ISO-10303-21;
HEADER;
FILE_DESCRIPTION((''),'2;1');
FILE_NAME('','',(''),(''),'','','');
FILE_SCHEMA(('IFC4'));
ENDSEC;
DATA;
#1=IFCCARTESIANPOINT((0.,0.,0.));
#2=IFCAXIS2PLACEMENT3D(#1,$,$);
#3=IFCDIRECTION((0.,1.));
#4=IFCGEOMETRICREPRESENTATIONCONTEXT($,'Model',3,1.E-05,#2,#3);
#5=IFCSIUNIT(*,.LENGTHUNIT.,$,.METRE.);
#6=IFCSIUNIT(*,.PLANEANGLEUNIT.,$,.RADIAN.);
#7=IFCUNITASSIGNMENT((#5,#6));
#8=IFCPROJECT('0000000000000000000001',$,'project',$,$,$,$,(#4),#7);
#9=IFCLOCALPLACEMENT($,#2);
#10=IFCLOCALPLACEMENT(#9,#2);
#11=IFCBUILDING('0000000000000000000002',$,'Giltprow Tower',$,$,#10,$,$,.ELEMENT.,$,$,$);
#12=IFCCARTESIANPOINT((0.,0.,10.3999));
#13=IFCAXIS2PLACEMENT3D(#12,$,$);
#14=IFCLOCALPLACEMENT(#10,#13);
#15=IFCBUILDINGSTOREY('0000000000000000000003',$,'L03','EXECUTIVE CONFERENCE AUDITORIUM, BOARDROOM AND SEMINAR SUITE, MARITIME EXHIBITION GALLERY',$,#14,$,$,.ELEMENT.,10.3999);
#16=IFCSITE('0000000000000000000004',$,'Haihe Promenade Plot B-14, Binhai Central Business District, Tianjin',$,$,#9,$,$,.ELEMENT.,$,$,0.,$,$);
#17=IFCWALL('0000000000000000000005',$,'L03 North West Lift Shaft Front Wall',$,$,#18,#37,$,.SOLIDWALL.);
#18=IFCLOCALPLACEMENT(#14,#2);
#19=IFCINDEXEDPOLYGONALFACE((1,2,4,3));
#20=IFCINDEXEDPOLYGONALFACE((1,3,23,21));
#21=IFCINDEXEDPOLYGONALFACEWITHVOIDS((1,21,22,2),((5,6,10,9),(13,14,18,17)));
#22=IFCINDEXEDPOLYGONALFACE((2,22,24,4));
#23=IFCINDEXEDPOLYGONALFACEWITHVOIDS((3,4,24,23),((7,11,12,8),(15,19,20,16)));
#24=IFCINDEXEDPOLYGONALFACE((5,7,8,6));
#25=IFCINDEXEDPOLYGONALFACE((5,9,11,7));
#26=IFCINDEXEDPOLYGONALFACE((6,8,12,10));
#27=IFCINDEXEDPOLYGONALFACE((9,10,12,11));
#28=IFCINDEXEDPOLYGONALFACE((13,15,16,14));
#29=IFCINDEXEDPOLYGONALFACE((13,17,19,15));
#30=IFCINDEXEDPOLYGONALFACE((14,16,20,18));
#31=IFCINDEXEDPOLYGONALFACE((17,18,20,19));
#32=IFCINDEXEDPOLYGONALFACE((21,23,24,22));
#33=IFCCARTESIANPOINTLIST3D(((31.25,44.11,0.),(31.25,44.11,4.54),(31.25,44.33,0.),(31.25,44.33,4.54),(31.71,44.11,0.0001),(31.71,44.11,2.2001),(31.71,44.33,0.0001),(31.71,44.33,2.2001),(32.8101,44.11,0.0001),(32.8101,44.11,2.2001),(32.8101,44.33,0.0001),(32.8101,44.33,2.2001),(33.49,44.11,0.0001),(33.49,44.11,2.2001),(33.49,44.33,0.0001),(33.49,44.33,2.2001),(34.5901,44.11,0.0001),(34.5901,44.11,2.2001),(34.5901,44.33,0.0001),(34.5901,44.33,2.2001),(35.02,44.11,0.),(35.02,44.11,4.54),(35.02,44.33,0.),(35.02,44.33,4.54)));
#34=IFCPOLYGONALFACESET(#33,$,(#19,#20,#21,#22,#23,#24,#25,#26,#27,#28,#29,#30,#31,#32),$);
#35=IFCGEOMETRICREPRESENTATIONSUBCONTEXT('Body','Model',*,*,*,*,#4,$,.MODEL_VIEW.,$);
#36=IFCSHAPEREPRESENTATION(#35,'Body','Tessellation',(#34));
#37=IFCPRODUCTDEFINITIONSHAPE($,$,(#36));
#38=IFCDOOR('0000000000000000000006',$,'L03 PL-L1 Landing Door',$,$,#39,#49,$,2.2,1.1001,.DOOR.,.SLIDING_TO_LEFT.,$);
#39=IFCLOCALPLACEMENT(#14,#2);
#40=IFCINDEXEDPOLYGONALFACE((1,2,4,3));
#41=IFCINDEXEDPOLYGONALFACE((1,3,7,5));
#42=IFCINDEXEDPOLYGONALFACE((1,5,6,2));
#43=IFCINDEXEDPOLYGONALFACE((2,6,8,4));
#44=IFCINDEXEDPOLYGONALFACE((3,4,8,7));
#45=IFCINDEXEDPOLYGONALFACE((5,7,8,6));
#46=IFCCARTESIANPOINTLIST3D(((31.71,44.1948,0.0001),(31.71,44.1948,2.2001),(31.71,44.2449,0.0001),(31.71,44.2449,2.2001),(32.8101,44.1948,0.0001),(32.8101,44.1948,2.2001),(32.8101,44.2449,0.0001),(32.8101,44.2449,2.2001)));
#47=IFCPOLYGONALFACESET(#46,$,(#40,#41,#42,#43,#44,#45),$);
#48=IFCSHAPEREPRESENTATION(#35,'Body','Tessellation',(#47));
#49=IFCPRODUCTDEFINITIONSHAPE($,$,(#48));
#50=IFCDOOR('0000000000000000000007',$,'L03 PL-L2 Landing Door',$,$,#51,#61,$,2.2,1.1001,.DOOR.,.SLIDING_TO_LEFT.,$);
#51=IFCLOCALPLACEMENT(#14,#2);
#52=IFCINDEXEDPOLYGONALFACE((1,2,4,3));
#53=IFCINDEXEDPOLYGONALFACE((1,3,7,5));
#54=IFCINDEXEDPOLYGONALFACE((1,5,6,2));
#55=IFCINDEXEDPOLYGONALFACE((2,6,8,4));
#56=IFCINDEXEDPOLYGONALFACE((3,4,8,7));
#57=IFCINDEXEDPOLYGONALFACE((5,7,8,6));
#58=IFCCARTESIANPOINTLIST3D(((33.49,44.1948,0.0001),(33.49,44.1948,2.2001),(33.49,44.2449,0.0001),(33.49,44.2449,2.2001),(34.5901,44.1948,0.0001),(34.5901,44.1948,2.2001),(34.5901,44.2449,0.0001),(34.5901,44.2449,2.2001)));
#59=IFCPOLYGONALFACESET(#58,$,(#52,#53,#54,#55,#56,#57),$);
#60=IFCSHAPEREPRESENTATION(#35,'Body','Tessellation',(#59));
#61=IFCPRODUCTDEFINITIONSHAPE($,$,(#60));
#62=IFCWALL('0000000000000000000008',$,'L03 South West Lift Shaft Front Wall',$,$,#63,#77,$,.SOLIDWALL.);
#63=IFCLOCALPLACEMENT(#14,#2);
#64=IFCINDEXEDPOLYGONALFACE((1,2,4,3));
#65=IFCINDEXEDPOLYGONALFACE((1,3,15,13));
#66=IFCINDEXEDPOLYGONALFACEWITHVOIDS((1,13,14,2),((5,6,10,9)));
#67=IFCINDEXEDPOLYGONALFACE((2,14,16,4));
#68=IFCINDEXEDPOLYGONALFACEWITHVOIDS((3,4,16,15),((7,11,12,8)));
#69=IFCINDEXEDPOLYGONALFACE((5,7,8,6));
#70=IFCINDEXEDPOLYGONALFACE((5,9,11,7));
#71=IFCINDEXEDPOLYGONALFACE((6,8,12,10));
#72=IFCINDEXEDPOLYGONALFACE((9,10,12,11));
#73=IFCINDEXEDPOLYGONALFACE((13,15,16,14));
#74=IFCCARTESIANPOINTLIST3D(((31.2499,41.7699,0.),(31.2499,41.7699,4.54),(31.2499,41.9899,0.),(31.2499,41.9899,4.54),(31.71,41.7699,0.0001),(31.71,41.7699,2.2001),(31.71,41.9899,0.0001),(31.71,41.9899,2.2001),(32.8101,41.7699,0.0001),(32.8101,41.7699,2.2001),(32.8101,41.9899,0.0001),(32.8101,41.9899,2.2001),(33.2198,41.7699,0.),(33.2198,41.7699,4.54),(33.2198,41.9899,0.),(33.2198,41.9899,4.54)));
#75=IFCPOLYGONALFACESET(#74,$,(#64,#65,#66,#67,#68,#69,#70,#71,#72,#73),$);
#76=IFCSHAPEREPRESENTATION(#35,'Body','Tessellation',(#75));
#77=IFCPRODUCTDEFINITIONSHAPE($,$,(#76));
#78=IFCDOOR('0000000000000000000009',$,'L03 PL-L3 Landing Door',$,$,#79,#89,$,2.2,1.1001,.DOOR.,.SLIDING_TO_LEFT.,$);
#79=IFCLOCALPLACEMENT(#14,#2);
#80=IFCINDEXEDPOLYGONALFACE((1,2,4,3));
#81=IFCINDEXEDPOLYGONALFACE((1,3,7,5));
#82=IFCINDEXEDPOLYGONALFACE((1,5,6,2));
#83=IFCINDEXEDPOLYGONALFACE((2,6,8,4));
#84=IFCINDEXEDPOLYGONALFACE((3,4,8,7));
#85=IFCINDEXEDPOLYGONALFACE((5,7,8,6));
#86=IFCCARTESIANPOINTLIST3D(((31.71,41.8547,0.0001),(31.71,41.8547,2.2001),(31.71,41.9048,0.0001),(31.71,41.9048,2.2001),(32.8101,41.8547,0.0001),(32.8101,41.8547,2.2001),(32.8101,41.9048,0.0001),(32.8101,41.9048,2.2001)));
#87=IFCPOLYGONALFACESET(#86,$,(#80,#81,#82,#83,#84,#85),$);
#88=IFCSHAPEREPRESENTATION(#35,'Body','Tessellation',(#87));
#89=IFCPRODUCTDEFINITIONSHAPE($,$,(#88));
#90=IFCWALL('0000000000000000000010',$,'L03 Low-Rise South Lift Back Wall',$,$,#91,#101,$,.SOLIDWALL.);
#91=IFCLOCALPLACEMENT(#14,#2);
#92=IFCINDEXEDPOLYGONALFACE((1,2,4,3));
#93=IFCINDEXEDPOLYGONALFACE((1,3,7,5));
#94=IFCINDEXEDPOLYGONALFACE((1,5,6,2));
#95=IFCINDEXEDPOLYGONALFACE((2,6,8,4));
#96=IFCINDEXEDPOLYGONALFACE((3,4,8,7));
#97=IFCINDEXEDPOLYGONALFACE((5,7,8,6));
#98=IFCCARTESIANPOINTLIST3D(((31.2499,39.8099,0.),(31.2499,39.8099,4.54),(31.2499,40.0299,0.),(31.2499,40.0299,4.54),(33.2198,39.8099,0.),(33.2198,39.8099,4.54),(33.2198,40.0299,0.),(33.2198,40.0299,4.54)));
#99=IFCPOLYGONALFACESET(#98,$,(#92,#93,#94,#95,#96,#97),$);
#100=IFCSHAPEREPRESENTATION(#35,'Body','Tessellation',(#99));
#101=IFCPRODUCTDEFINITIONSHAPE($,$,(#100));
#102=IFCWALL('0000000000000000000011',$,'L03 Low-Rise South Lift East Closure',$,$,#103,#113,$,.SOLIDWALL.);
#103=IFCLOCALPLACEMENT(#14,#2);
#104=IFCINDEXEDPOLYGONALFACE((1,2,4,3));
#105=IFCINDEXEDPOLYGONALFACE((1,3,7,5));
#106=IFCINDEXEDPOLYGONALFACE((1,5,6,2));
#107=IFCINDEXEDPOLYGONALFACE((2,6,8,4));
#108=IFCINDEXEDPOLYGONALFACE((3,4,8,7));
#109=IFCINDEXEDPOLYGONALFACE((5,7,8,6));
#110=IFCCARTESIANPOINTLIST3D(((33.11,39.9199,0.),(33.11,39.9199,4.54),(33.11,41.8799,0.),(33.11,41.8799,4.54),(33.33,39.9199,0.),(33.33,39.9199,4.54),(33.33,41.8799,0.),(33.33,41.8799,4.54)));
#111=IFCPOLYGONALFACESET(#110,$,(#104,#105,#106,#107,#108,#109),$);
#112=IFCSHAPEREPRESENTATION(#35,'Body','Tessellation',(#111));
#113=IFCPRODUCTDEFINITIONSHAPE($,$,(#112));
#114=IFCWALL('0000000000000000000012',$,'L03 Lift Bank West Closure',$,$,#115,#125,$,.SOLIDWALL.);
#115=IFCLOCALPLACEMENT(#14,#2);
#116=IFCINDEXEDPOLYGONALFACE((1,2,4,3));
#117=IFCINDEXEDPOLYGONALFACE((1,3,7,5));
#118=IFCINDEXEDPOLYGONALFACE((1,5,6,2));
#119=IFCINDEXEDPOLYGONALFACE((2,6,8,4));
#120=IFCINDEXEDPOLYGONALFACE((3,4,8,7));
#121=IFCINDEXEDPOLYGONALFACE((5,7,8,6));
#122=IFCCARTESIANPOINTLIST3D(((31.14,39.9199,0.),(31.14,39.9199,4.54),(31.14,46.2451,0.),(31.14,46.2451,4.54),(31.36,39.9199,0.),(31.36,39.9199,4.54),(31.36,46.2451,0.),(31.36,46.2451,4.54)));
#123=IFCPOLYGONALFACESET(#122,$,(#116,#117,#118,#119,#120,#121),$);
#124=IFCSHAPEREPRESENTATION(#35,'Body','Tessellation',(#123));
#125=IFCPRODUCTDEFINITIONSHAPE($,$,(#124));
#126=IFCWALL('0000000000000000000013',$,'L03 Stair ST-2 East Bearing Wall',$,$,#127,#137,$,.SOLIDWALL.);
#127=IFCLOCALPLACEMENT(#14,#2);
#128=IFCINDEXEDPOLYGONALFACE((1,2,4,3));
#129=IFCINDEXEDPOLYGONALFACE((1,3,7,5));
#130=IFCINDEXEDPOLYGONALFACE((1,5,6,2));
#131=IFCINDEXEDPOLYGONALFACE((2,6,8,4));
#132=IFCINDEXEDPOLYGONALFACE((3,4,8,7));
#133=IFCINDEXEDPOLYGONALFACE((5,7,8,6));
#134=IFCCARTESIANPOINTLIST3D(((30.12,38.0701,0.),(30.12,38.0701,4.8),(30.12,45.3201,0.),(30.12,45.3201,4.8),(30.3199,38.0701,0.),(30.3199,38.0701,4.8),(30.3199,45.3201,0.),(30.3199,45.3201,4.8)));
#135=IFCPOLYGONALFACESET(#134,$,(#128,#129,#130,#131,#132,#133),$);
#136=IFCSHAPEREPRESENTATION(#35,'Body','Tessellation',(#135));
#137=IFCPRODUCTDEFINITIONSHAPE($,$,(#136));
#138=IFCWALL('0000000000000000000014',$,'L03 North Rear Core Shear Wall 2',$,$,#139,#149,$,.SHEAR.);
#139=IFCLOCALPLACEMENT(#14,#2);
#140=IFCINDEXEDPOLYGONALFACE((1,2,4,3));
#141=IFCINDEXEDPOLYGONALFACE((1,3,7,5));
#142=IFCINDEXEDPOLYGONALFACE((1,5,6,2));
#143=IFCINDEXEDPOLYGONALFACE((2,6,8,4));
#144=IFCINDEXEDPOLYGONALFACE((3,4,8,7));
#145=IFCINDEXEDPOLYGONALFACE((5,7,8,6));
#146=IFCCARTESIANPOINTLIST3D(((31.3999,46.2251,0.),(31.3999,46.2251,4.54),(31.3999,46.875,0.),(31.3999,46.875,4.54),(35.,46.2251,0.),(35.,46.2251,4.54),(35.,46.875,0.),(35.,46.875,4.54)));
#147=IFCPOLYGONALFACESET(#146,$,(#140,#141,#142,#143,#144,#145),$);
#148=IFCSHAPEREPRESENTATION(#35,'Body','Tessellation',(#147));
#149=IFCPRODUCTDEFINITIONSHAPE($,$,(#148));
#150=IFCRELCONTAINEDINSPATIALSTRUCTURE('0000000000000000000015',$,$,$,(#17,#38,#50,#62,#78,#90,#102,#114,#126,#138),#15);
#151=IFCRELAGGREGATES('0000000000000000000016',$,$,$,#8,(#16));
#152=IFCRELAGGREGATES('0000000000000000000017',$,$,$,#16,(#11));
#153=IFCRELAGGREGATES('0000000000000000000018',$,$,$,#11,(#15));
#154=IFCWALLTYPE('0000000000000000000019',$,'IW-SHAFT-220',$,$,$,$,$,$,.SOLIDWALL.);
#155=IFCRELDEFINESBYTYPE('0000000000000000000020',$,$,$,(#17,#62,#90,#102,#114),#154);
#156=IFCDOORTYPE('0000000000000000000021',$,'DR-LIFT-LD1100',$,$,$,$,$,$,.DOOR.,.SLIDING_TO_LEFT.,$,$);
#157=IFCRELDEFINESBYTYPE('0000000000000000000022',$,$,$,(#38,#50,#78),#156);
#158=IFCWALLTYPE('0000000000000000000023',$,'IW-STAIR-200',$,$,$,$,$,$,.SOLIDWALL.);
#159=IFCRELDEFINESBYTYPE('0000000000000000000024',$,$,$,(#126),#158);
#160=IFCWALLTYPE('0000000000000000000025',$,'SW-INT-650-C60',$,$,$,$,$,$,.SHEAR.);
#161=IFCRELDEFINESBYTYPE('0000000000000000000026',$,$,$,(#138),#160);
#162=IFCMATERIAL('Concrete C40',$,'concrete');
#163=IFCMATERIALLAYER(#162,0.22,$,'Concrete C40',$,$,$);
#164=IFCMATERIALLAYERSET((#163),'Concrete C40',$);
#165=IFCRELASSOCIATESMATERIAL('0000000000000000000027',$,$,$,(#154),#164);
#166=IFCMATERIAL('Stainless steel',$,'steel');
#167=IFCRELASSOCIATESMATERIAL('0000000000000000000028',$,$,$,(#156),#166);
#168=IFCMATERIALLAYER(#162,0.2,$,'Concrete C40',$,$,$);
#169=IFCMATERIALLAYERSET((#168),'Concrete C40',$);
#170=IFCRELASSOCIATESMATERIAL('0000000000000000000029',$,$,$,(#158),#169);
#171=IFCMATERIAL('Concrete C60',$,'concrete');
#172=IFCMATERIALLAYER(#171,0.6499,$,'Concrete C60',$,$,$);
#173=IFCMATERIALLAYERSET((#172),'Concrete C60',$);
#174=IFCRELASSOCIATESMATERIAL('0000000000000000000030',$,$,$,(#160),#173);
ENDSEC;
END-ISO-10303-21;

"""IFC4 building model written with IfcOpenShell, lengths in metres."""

from ifc_helpers import new_model, si_unit, direction, frame, frame_2d, origin, place, context, subcontext, project, spatial, rectangle, extrude, source, transform, mapped, material, layer, layer_set, type_object, element, fill, save


model = new_model("IFC4")

# Units and contexts
model_context = context("Model", 3, precision=1e-05, world=origin(), true_north=direction((0.0, 1.0)))
body_context = subcontext(model_context, "Body", "Model", "MODEL_VIEW")
ifc_project = project(units=[si_unit("LENGTHUNIT", "METRE"), si_unit("PLANEANGLEUNIT", "RADIAN")], contexts=[model_context])

# Site, building, storey
site_placement = place(None, origin())
site = spatial("IfcSite", under=ifc_project, at=site_placement, Name="Haihe Promenade Plot B-14, Binhai Central Business District, Tianjin", CompositionType="ELEMENT", RefElevation=0.0)
building_placement = place(site_placement, origin())
building = spatial("IfcBuilding", under=site, at=building_placement, Name="Giltprow Tower", CompositionType="ELEMENT")
storey_placement = place(building_placement, frame((0.0, 0.0, 10.3999)))
storey = spatial("IfcBuildingStorey", under=building, at=storey_placement, Name="L03", Description="EXECUTIVE CONFERENCE AUDITORIUM, BOARDROOM AND SEMINAR SUITE, MARITIME EXHIBITION GALLERY", CompositionType="ELEMENT", Elevation=10.3999)

# Shared definitions
ifc_material_1 = material(Name="Concrete C60", Category="concrete")

# Wall, openings, doors
ifc_material_2 = material(Name="Concrete C40", Category="concrete")
ifc_layer_1 = layer(ifc_material_2, 0.22, Name="Concrete C40")
ifc_layer_set_1 = layer_set([ifc_layer_1], Name="Concrete C40")
wall_type_1 = type_object("IfcWallType", Name="IW-SHAFT-220", PredefinedType="SOLIDWALL", material=ifc_layer_set_1)
wall_1_placement = place(storey_placement, frame((31.25, 44.22, 0.0), z_axis=(0.0, 0.0, 1.0), x_axis=(1.0, 0.0, 0.0)))
wall_1 = element("IfcWall", 1, at=wall_1_placement, inside=storey, type_object=wall_type_1, Name="L03 North West Lift Shaft Front Wall", PredefinedType="SOLIDWALL", context=body_context, shape_type="SweptSolid", body=[
    extrude(rectangle(XDim=3.77, YDim=0.22, at=frame_2d((1.885, 0.0))), origin(), (0.0, 0.0, 1.0), 4.54),
])
opening_1_placement = place(wall_1_placement, frame((0.46, 0.0, 0.0)))
opening_1 = element("IfcOpeningElement", 2, at=opening_1_placement, cuts=wall_1, PredefinedType="OPENING", context=body_context, shape_type="SweptSolid", body=[
    extrude(rectangle(XDim=1.1001, YDim=2.2, at=frame_2d((0.55, 1.1001))), frame((0.0, 0.1199, 0.0), z_axis=(0.0, -1.0, 0.0), x_axis=(1.0, 0.0, 0.0)), (0.0, 0.0, 1.0), 0.24),
])
opening_2_placement = place(wall_1_placement, frame((2.24, 0.0, 0.0)))
opening_2 = element("IfcOpeningElement", 3, at=opening_2_placement, cuts=wall_1, PredefinedType="OPENING", context=body_context, shape_type="SweptSolid", body=[
    extrude(rectangle(XDim=1.1001, YDim=2.2, at=frame_2d((0.55, 1.1001))), frame((0.0, 0.1199, 0.0), z_axis=(0.0, -1.0, 0.0), x_axis=(1.0, 0.0, 0.0)), (0.0, 0.0, 1.0), 0.24),
])
ifc_material_3 = material(Name="Stainless steel", Category="steel")
door_type = type_object("IfcDoorType", Name="DR-LIFT-LD1100", OperationType="SLIDING_TO_LEFT", PredefinedType="DOOR", material=ifc_material_3)
shared_shape_1 = source(origin(), body_context, "Body", "SweptSolid", [
    extrude(rectangle(XDim=1.1001, YDim=2.2, at=frame_2d((0.55, 1.1001))), frame((0.0, 0.0249, 0.0), z_axis=(0.0, -1.0, 0.0), x_axis=(1.0, 0.0, 0.0)), (0.0, 0.0, 1.0), 0.05),
])
door_1_placement = place(opening_1_placement, origin())
door_1 = element("IfcDoor", 4, at=door_1_placement, inside=storey, type_object=door_type, Name="L03 PL-L1 Landing Door", OperationType="SLIDING_TO_LEFT", OverallHeight=2.2, OverallWidth=1.1001, PredefinedType="DOOR", context=body_context, shape_type="MappedRepresentation", body=[
    mapped(shared_shape_1, transform((0.0, 0.0, 0.0), x_axis=(1.0, 0.0, 0.0), y_axis=(0.0, 1.0, 0.0), z_axis=(0.0, 0.0, 1.0), scale=1.0)),
])
fill(opening_1, door_1)
door_2_placement = place(opening_2_placement, origin())
door_2 = element("IfcDoor", 5, at=door_2_placement, inside=storey, type_object=door_type, Name="L03 PL-L2 Landing Door", OperationType="SLIDING_TO_LEFT", OverallHeight=2.2, OverallWidth=1.1001, PredefinedType="DOOR", context=body_context, shape_type="MappedRepresentation", body=[
    mapped(shared_shape_1, transform((0.0, 0.0, 0.0), x_axis=(1.0, 0.0, 0.0), y_axis=(0.0, 1.0, 0.0), z_axis=(0.0, 0.0, 1.0), scale=1.0)),
])
fill(opening_2, door_2)

# Wall, opening, door
wall_2_placement = place(storey_placement, frame((31.25, 41.8799, 0.0), z_axis=(0.0, 0.0, 1.0), x_axis=(1.0, 0.0, 0.0)))
wall_2 = element("IfcWall", 6, at=wall_2_placement, inside=storey, type_object=wall_type_1, Name="L03 South West Lift Shaft Front Wall", PredefinedType="SOLIDWALL", context=body_context, shape_type="SweptSolid", body=[
    extrude(rectangle(XDim=1.97, YDim=0.22, at=frame_2d((0.9849, 0.0))), origin(), (0.0, 0.0, 1.0), 4.54),
])
opening_3_placement = place(wall_2_placement, frame((0.46, 0.0, 0.0)))
opening_3 = element("IfcOpeningElement", 7, at=opening_3_placement, cuts=wall_2, PredefinedType="OPENING", context=body_context, shape_type="SweptSolid", body=[
    extrude(rectangle(XDim=1.1001, YDim=2.2, at=frame_2d((0.55, 1.1001))), frame((0.0, 0.1199, 0.0), z_axis=(0.0, -1.0, 0.0), x_axis=(1.0, 0.0, 0.0)), (0.0, 0.0, 1.0), 0.24),
])
door_3_placement = place(opening_3_placement, origin())
door_3 = element("IfcDoor", 8, at=door_3_placement, inside=storey, type_object=door_type, Name="L03 PL-L3 Landing Door", OperationType="SLIDING_TO_LEFT", OverallHeight=2.2, OverallWidth=1.1001, PredefinedType="DOOR", context=body_context, shape_type="MappedRepresentation", body=[
    mapped(shared_shape_1, transform((0.0, 0.0, 0.0), x_axis=(1.0, 0.0, 0.0), y_axis=(0.0, 1.0, 0.0), z_axis=(0.0, 0.0, 1.0), scale=1.0)),
])
fill(opening_3, door_3)

# Walls
wall_3_placement = place(storey_placement, frame((31.25, 39.9199, 0.0), z_axis=(0.0, 0.0, 1.0), x_axis=(1.0, 0.0, 0.0)))
element("IfcWall", 9, at=wall_3_placement, inside=storey, type_object=wall_type_1, Name="L03 Low-Rise South Lift Back Wall", PredefinedType="SOLIDWALL", context=body_context, shape_type="SweptSolid", body=[
    extrude(rectangle(XDim=1.97, YDim=0.22, at=frame_2d((0.9849, 0.0))), origin(), (0.0, 0.0, 1.0), 4.54),
])
wall_4_placement = place(storey_placement, frame((33.22, 39.9199, 0.0), z_axis=(0.0, 0.0, 1.0), x_axis=(0.0, 1.0, 0.0)))
element("IfcWall", 10, at=wall_4_placement, inside=storey, type_object=wall_type_1, Name="L03 Low-Rise South Lift East Closure", PredefinedType="SOLIDWALL", context=body_context, shape_type="SweptSolid", body=[
    extrude(rectangle(XDim=1.96, YDim=0.22, at=frame_2d((0.98, 0.0))), origin(), (0.0, 0.0, 1.0), 4.54),
])
wall_5_placement = place(storey_placement, frame((31.25, 39.9199, 0.0), z_axis=(0.0, 0.0, 1.0), x_axis=(0.0, 1.0, 0.0)))
element("IfcWall", 11, at=wall_5_placement, inside=storey, type_object=wall_type_1, Name="L03 Lift Bank West Closure", PredefinedType="SOLIDWALL", context=body_context, shape_type="SweptSolid", body=[
    extrude(rectangle(XDim=6.3252, YDim=0.22, at=frame_2d((3.1626, 0.0))), origin(), (0.0, 0.0, 1.0), 4.54),
])
ifc_layer_2 = layer(ifc_material_2, 0.2, Name="Concrete C40")
ifc_layer_set_2 = layer_set([ifc_layer_2], Name="Concrete C40")
wall_type_2 = type_object("IfcWallType", Name="IW-STAIR-200", PredefinedType="SOLIDWALL", material=ifc_layer_set_2)
wall_6_placement = place(storey_placement, frame((30.22, 38.0701, 0.0), z_axis=(0.0, 0.0, 1.0), x_axis=(0.0, 1.0, 0.0)))
element("IfcWall", 12, at=wall_6_placement, inside=storey, type_object=wall_type_2, Name="L03 Stair ST-2 East Bearing Wall", PredefinedType="SOLIDWALL", context=body_context, shape_type="SweptSolid", body=[
    extrude(rectangle(XDim=7.25, YDim=0.2, at=frame_2d((3.625, 0.0))), origin(), (0.0, 0.0, 1.0), 4.8),
])
ifc_layer_3 = layer(ifc_material_1, 0.6499, Name="Concrete C60")
ifc_layer_set_3 = layer_set([ifc_layer_3], Name="Concrete C60")
wall_type_3 = type_object("IfcWallType", Name="SW-INT-650-C60", PredefinedType="SHEAR", material=ifc_layer_set_3)
wall_7_placement = place(storey_placement, frame((31.3999, 46.55, 0.0), z_axis=(0.0, 0.0, 1.0), x_axis=(1.0, 0.0, 0.0)))
element("IfcWall", 13, at=wall_7_placement, inside=storey, type_object=wall_type_3, Name="L03 North Rear Core Shear Wall 2", PredefinedType="SHEAR", context=body_context, shape_type="SweptSolid", body=[
    extrude(rectangle(XDim=3.6001, YDim=0.6499, at=frame_2d((1.8, 0.0))), origin(), (0.0, 0.0, 1.0), 4.54),
])

save(model, "model.ifc")
